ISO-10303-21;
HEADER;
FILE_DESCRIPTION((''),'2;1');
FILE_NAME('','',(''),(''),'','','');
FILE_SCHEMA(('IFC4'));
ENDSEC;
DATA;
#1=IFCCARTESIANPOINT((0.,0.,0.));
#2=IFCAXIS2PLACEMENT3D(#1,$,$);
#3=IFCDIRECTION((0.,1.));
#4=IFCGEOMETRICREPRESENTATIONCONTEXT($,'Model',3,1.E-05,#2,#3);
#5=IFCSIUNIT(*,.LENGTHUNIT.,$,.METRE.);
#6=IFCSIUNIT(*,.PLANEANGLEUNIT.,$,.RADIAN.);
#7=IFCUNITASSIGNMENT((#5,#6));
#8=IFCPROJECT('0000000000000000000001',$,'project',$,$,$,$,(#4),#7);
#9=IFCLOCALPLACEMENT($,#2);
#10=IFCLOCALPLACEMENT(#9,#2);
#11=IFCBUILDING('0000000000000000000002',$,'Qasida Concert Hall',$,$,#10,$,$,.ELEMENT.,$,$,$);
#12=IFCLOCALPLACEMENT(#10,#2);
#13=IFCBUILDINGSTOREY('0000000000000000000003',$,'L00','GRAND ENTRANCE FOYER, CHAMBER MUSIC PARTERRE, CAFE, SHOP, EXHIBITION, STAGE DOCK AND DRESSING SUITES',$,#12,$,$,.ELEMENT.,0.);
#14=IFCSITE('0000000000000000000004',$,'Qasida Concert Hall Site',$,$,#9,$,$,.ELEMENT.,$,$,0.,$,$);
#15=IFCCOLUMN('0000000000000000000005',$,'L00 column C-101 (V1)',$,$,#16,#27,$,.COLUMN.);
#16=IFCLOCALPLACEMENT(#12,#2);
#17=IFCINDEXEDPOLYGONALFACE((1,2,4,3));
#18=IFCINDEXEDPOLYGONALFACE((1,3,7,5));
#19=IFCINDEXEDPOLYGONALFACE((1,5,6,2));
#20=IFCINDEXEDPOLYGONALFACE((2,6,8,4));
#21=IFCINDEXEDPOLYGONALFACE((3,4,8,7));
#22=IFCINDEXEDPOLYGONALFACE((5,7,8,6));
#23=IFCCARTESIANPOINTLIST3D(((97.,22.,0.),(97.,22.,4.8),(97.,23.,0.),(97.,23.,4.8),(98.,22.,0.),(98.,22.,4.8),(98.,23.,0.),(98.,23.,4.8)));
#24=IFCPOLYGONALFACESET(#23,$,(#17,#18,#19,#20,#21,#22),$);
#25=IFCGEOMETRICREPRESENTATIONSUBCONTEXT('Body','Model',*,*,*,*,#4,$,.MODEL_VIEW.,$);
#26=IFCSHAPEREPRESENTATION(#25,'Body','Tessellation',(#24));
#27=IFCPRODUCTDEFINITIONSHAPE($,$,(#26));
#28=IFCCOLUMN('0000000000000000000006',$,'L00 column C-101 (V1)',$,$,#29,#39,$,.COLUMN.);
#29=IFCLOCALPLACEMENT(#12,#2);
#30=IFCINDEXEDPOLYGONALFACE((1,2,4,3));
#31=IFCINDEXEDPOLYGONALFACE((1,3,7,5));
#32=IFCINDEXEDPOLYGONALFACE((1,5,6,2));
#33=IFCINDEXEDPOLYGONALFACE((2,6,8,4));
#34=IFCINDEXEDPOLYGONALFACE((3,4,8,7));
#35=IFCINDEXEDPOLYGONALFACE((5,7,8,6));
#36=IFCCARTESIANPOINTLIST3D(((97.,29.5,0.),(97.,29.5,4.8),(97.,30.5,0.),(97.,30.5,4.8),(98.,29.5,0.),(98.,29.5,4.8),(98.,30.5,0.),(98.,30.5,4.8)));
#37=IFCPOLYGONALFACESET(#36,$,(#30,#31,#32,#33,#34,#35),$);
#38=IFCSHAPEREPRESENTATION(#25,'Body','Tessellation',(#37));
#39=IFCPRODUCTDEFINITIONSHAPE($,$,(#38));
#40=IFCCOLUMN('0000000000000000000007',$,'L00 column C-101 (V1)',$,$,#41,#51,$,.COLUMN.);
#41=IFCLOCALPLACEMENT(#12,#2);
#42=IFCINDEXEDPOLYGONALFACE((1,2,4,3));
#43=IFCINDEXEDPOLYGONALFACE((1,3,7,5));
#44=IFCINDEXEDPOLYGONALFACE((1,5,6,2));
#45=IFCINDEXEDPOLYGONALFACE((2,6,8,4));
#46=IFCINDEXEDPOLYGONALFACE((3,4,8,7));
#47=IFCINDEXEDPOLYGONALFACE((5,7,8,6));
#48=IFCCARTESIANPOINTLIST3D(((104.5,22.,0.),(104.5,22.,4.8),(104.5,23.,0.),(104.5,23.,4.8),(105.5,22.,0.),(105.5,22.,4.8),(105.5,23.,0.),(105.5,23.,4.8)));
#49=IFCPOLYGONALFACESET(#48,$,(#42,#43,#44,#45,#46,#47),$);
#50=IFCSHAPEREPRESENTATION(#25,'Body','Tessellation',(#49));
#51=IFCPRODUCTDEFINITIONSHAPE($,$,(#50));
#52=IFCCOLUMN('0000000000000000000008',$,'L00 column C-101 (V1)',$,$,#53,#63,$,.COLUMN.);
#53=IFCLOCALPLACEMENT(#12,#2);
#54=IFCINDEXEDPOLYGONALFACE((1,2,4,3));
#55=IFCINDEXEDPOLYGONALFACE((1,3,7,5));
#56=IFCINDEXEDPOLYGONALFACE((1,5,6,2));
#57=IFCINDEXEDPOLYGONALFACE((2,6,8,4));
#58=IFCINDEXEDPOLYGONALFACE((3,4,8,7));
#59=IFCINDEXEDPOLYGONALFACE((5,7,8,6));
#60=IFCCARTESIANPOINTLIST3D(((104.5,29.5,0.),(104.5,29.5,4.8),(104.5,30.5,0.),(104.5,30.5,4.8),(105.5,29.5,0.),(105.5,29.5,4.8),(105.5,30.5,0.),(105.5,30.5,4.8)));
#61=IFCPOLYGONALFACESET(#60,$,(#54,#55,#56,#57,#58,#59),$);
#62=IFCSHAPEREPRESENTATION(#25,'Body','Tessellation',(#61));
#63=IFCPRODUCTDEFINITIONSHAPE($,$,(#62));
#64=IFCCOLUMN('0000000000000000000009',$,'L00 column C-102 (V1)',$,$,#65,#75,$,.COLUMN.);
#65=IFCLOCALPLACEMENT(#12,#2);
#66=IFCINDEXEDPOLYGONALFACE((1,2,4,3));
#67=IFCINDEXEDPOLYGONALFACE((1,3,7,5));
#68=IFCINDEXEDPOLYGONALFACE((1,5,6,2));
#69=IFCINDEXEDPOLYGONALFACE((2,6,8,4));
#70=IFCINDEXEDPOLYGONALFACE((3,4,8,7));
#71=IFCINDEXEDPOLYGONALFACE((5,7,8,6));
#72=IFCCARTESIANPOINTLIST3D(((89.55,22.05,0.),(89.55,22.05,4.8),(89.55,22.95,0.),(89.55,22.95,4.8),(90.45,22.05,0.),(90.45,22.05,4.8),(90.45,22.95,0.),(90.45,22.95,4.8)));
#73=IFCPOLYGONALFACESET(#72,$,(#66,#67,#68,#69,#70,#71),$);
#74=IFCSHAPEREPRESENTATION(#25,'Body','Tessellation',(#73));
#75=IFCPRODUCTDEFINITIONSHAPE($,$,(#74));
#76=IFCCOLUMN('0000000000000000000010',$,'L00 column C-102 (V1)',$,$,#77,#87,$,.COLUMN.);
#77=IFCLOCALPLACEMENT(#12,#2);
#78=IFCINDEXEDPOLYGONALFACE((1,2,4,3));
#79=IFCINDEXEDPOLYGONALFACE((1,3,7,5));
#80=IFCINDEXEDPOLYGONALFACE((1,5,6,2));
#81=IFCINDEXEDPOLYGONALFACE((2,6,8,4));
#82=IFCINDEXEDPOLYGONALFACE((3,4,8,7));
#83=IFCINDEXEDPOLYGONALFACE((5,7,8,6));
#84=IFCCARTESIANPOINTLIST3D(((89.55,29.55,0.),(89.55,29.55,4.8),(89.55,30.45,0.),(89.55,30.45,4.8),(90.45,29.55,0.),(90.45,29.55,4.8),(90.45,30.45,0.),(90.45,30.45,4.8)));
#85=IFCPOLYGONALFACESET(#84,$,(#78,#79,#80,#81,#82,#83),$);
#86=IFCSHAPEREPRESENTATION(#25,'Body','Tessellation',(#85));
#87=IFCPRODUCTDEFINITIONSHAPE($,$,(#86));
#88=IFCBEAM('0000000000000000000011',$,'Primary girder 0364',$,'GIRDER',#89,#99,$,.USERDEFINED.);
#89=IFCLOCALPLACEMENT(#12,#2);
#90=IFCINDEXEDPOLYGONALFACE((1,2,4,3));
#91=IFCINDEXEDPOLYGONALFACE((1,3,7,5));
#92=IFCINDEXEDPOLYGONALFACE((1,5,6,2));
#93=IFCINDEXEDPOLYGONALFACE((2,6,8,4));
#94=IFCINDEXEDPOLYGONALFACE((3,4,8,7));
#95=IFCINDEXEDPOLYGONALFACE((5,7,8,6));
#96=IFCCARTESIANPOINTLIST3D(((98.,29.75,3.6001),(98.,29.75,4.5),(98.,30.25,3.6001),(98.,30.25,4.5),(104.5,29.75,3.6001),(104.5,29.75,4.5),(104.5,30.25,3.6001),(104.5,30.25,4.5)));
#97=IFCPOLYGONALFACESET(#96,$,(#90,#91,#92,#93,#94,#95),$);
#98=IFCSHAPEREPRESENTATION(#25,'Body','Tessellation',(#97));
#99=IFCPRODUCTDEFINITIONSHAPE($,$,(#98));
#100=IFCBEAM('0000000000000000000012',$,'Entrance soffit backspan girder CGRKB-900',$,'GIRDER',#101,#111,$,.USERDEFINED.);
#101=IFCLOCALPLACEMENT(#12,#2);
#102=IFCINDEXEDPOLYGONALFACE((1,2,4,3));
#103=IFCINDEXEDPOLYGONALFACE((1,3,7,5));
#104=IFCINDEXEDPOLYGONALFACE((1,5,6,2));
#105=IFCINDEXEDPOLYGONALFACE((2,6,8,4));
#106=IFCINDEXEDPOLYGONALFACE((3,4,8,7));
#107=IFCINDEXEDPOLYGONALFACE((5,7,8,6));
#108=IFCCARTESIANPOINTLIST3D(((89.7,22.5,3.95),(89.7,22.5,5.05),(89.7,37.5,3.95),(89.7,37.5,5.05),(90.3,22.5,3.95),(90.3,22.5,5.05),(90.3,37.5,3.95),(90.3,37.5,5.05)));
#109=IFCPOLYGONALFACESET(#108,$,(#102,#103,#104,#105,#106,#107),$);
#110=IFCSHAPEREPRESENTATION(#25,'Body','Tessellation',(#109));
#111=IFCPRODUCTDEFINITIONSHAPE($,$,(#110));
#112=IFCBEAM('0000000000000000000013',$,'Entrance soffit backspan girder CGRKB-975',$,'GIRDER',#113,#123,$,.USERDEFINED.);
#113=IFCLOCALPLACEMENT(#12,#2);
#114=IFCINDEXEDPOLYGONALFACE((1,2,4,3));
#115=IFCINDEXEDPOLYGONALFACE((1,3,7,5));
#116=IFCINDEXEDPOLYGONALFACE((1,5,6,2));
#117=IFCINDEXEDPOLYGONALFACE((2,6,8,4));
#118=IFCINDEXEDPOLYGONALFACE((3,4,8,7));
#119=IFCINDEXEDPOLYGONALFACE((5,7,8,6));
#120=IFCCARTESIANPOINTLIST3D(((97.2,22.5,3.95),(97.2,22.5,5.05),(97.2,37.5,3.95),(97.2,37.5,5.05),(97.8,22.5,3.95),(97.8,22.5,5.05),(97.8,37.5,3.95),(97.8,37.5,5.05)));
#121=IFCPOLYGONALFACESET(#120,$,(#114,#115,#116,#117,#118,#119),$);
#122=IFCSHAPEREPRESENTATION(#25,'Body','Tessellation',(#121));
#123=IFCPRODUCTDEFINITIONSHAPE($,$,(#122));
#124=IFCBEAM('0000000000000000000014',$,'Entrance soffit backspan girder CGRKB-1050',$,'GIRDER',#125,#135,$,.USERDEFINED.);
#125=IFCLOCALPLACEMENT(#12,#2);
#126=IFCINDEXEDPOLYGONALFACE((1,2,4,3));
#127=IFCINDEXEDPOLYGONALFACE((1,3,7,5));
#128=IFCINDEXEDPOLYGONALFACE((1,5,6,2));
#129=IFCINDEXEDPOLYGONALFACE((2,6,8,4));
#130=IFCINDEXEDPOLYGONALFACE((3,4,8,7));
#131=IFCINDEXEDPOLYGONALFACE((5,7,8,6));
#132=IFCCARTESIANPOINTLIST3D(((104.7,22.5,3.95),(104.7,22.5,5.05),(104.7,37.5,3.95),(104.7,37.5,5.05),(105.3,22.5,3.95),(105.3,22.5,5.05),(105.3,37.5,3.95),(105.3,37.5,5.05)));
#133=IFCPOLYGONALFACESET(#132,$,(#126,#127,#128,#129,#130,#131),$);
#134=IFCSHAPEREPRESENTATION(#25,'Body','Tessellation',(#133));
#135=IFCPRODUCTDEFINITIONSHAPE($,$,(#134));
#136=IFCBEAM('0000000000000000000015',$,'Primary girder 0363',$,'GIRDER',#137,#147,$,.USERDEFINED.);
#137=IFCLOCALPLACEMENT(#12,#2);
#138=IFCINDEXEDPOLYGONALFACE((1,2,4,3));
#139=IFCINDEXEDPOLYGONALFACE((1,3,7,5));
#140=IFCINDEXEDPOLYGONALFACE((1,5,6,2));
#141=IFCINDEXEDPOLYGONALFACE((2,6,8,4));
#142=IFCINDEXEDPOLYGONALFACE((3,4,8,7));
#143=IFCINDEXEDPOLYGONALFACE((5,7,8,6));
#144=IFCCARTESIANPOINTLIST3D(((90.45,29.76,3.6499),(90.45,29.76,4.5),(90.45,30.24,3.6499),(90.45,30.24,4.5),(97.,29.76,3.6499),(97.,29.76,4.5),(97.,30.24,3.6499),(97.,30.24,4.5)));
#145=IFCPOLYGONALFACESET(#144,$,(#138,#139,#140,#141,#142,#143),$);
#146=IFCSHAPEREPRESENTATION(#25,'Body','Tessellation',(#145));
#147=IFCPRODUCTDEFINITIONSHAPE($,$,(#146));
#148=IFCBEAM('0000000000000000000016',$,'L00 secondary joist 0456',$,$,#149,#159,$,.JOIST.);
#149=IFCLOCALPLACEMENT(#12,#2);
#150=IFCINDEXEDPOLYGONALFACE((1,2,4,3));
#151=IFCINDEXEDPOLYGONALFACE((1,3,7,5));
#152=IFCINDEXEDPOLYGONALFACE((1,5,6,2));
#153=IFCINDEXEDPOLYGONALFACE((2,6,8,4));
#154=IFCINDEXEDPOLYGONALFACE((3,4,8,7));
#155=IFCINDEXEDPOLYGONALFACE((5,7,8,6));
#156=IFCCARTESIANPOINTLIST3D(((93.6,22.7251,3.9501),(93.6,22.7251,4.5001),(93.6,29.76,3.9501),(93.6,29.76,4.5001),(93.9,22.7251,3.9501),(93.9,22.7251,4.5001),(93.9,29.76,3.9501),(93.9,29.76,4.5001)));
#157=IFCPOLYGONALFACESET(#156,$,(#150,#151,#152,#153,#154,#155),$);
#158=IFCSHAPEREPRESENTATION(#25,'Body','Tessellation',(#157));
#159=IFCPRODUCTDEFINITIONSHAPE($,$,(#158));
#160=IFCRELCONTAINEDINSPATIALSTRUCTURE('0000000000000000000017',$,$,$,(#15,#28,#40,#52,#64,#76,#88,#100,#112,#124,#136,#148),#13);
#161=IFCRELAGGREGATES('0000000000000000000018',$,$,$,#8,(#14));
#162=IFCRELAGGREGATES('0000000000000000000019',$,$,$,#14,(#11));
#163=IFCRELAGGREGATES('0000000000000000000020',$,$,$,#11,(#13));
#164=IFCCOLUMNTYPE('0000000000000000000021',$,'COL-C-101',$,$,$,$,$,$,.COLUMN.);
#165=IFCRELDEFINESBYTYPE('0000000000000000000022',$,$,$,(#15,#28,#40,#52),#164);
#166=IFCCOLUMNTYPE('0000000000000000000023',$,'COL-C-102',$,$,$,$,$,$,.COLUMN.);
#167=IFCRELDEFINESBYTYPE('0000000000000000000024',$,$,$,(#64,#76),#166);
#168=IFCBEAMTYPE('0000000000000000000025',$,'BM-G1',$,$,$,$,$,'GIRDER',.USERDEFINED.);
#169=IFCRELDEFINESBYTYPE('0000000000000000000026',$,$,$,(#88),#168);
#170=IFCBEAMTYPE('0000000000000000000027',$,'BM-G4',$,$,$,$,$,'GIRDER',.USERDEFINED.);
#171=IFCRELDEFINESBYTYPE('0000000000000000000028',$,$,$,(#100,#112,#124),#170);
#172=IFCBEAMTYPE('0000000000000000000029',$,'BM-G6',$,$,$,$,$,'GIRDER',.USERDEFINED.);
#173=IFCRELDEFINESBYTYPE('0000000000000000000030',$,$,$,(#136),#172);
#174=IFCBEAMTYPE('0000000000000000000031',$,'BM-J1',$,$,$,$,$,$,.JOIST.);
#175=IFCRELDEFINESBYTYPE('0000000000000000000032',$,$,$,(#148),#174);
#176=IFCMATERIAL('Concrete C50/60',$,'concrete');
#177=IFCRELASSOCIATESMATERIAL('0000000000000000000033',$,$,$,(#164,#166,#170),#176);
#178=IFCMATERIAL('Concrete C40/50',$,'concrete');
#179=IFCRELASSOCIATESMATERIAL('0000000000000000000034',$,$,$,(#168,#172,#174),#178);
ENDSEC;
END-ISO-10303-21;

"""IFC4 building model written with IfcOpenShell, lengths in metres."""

from ifc_helpers import new_model, si_unit, direction, frame, origin, origin_2d, place, context, subcontext, project, spatial, rectangle, extrude, material, material_profile, profile_set, type_object, element, save


model = new_model("IFC4")

# Units and contexts
model_context = context("Model", 3, precision=1e-05, world=origin(), true_north=direction((0.0, 1.0)))
body_context = subcontext(model_context, "Body", "Model", "MODEL_VIEW")
ifc_project = project(units=[si_unit("LENGTHUNIT", "METRE"), si_unit("PLANEANGLEUNIT", "RADIAN")], contexts=[model_context])

# Site, building, storey
site_placement = place(None, origin())
site = spatial("IfcSite", under=ifc_project, at=site_placement, Name="Qasida Concert Hall Site", CompositionType="ELEMENT", RefElevation=0.0)
building_placement = place(site_placement, origin())
building = spatial("IfcBuilding", under=site, at=building_placement, Name="Qasida Concert Hall", CompositionType="ELEMENT")
storey_placement = place(building_placement, origin())
storey = spatial("IfcBuildingStorey", under=building, at=storey_placement, Name="L00", Description="GRAND ENTRANCE FOYER, CHAMBER MUSIC PARTERRE, CAFE, SHOP, EXHIBITION, STAGE DOCK AND DRESSING SUITES", CompositionType="ELEMENT", Elevation=0.0)

# Columns
ifc_material_1 = material(Name="Concrete C50/60", Category="concrete")
ifc_material_profile_1 = material_profile(ifc_material_1, rectangle(XDim=1.0, YDim=1.0, at=origin_2d()), Name="RC 1000x1000")
ifc_profile_set_1 = profile_set([ifc_material_profile_1], Name="Concrete C50/60")
column_type_1 = type_object("IfcColumnType", Name="COL-C-101", PredefinedType="COLUMN", material=ifc_profile_set_1)
for number, where, z_axis, x_axis, name in (
    (1, (97.5, 22.5, 0.0), (0.0, 0.0, 1.0), (1.0, 0.0, 0.0), "L00 column C-101 (V1)"),
    (2, (97.5, 30.0, 0.0), (0.0, 0.0, 1.0), (1.0, 0.0, 0.0), "L00 column C-101 (V1)"),
    (3, (105.0, 22.5, 0.0), (0.0, 0.0, 1.0), (1.0, 0.0, 0.0), "L00 column C-101 (V1)"),
    (4, (105.0, 30.0, 0.0), (0.0, 0.0, 1.0), (1.0, 0.0, 0.0), "L00 column C-101 (V1)"),
):
    element("IfcColumn", number, at=place(storey_placement, frame(where, z_axis=z_axis, x_axis=x_axis)), inside=storey, type_object=column_type_1, Name=name, PredefinedType="COLUMN", context=body_context, shape_type="SweptSolid", body=[
        extrude(rectangle(XDim=1.0, YDim=1.0, at=origin_2d()), origin(), (0.0, 0.0, 1.0), 4.8),
    ])
ifc_material_profile_2 = material_profile(ifc_material_1, rectangle(XDim=0.8999, YDim=0.8999, at=origin_2d()), Name="RC 900x900")
ifc_profile_set_2 = profile_set([ifc_material_profile_2], Name="Concrete C50/60")
column_type_2 = type_object("IfcColumnType", Name="COL-C-102", PredefinedType="COLUMN", material=ifc_profile_set_2)
for number, where, z_axis, x_axis, name in (
    (5, (90.0, 22.5, 0.0), (0.0, 0.0, 1.0), (1.0, 0.0, 0.0), "L00 column C-102 (V1)"),
    (6, (90.0, 30.0, 0.0), (0.0, 0.0, 1.0), (1.0, 0.0, 0.0), "L00 column C-102 (V1)"),
):
    element("IfcColumn", number, at=place(storey_placement, frame(where, z_axis=z_axis, x_axis=x_axis)), inside=storey, type_object=column_type_2, Name=name, PredefinedType="COLUMN", context=body_context, shape_type="SweptSolid", body=[
        extrude(rectangle(XDim=0.8999, YDim=0.8999, at=origin_2d()), origin(), (0.0, 0.0, 1.0), 4.8),
    ])

# Beams
ifc_material_2 = material(Name="Concrete C40/50", Category="concrete")
ifc_material_profile_3 = material_profile(ifc_material_2, rectangle(XDim=0.5, YDim=0.8999, at=origin_2d()), Name="RC 500x900")
ifc_profile_set_3 = profile_set([ifc_material_profile_3], Name="Concrete C40/50")
beam_type_1 = type_object("IfcBeamType", Name="BM-G1", ElementType="GIRDER", PredefinedType="USERDEFINED", material=ifc_profile_set_3)
beam_1_placement = place(storey_placement, frame((98.0, 30.0, 4.05), z_axis=(1.0, 0.0, 0.0), x_axis=(0.0, 1.0, 0.0)))
element("IfcBeam", 7, at=beam_1_placement, inside=storey, type_object=beam_type_1, Name="Primary girder 0364", ObjectType="GIRDER", PredefinedType="USERDEFINED", context=body_context, shape_type="SweptSolid", body=[
    extrude(rectangle(XDim=0.5, YDim=0.8999, at=origin_2d()), origin(), (0.0, 0.0, 1.0), 6.5),
])
ifc_material_profile_4 = material_profile(ifc_material_1, rectangle(XDim=0.6001, YDim=1.1001, at=origin_2d()), Name="RC 600x1100")
ifc_profile_set_4 = profile_set([ifc_material_profile_4], Name="Concrete C50/60")
beam_type_2 = type_object("IfcBeamType", Name="BM-G4", ElementType="GIRDER", PredefinedType="USERDEFINED", material=ifc_profile_set_4)
for number, where, z_axis, x_axis, name in (
    (8, (90.0, 22.5, 4.5), (0.0, 1.0, 0.0), (-1.0, 0.0, 0.0), "Entrance soffit backspan girder CGRKB-900"),
    (9, (97.5, 22.5, 4.5), (0.0, 1.0, 0.0), (-1.0, 0.0, 0.0), "Entrance soffit backspan girder CGRKB-975"),
    (10, (105.0, 22.5, 4.5), (0.0, 1.0, 0.0), (-1.0, 0.0, 0.0), "Entrance soffit backspan girder CGRKB-1050"),
):
    element("IfcBeam", number, at=place(storey_placement, frame(where, z_axis=z_axis, x_axis=x_axis)), inside=storey, type_object=beam_type_2, Name=name, ObjectType="GIRDER", PredefinedType="USERDEFINED", context=body_context, shape_type="SweptSolid", body=[
        extrude(rectangle(XDim=0.6001, YDim=1.1001, at=origin_2d()), origin(), (0.0, 0.0, 1.0), 15.0),
    ])
ifc_material_profile_5 = material_profile(ifc_material_2, rectangle(XDim=0.48, YDim=0.8501, at=origin_2d()), Name="RC 480x850")
ifc_profile_set_5 = profile_set([ifc_material_profile_5], Name="Concrete C40/50")
beam_type_3 = type_object("IfcBeamType", Name="BM-G6", ElementType="GIRDER", PredefinedType="USERDEFINED", material=ifc_profile_set_5)
beam_2_placement = place(storey_placement, frame((90.45, 30.0, 4.075), z_axis=(1.0, 0.0, 0.0), x_axis=(0.0, 1.0, 0.0)))
element("IfcBeam", 11, at=beam_2_placement, inside=storey, type_object=beam_type_3, Name="Primary girder 0363", ObjectType="GIRDER", PredefinedType="USERDEFINED", context=body_context, shape_type="SweptSolid", body=[
    extrude(rectangle(XDim=0.48, YDim=0.8501, at=origin_2d()), origin(), (0.0, 0.0, 1.0), 6.55),
])
ifc_material_profile_6 = material_profile(ifc_material_2, rectangle(XDim=0.3, YDim=0.55, at=origin_2d()), Name="RC 300x550")
ifc_profile_set_6 = profile_set([ifc_material_profile_6], Name="Concrete C40/50")
beam_type_4 = type_object("IfcBeamType", Name="BM-J1", PredefinedType="JOIST", material=ifc_profile_set_6)
beam_3_placement = place(storey_placement, frame((93.75, 22.7251, 4.2251), z_axis=(0.0, 1.0, 0.0), x_axis=(-1.0, 0.0, 0.0)))
element("IfcBeam", 12, at=beam_3_placement, inside=storey, type_object=beam_type_4, Name="L00 secondary joist 0456", PredefinedType="JOIST", context=body_context, shape_type="SweptSolid", body=[
    extrude(rectangle(XDim=0.3, YDim=0.55, at=origin_2d()), origin(), (0.0, 0.0, 1.0), 7.0349),
])

save(model, "model.ifc")
